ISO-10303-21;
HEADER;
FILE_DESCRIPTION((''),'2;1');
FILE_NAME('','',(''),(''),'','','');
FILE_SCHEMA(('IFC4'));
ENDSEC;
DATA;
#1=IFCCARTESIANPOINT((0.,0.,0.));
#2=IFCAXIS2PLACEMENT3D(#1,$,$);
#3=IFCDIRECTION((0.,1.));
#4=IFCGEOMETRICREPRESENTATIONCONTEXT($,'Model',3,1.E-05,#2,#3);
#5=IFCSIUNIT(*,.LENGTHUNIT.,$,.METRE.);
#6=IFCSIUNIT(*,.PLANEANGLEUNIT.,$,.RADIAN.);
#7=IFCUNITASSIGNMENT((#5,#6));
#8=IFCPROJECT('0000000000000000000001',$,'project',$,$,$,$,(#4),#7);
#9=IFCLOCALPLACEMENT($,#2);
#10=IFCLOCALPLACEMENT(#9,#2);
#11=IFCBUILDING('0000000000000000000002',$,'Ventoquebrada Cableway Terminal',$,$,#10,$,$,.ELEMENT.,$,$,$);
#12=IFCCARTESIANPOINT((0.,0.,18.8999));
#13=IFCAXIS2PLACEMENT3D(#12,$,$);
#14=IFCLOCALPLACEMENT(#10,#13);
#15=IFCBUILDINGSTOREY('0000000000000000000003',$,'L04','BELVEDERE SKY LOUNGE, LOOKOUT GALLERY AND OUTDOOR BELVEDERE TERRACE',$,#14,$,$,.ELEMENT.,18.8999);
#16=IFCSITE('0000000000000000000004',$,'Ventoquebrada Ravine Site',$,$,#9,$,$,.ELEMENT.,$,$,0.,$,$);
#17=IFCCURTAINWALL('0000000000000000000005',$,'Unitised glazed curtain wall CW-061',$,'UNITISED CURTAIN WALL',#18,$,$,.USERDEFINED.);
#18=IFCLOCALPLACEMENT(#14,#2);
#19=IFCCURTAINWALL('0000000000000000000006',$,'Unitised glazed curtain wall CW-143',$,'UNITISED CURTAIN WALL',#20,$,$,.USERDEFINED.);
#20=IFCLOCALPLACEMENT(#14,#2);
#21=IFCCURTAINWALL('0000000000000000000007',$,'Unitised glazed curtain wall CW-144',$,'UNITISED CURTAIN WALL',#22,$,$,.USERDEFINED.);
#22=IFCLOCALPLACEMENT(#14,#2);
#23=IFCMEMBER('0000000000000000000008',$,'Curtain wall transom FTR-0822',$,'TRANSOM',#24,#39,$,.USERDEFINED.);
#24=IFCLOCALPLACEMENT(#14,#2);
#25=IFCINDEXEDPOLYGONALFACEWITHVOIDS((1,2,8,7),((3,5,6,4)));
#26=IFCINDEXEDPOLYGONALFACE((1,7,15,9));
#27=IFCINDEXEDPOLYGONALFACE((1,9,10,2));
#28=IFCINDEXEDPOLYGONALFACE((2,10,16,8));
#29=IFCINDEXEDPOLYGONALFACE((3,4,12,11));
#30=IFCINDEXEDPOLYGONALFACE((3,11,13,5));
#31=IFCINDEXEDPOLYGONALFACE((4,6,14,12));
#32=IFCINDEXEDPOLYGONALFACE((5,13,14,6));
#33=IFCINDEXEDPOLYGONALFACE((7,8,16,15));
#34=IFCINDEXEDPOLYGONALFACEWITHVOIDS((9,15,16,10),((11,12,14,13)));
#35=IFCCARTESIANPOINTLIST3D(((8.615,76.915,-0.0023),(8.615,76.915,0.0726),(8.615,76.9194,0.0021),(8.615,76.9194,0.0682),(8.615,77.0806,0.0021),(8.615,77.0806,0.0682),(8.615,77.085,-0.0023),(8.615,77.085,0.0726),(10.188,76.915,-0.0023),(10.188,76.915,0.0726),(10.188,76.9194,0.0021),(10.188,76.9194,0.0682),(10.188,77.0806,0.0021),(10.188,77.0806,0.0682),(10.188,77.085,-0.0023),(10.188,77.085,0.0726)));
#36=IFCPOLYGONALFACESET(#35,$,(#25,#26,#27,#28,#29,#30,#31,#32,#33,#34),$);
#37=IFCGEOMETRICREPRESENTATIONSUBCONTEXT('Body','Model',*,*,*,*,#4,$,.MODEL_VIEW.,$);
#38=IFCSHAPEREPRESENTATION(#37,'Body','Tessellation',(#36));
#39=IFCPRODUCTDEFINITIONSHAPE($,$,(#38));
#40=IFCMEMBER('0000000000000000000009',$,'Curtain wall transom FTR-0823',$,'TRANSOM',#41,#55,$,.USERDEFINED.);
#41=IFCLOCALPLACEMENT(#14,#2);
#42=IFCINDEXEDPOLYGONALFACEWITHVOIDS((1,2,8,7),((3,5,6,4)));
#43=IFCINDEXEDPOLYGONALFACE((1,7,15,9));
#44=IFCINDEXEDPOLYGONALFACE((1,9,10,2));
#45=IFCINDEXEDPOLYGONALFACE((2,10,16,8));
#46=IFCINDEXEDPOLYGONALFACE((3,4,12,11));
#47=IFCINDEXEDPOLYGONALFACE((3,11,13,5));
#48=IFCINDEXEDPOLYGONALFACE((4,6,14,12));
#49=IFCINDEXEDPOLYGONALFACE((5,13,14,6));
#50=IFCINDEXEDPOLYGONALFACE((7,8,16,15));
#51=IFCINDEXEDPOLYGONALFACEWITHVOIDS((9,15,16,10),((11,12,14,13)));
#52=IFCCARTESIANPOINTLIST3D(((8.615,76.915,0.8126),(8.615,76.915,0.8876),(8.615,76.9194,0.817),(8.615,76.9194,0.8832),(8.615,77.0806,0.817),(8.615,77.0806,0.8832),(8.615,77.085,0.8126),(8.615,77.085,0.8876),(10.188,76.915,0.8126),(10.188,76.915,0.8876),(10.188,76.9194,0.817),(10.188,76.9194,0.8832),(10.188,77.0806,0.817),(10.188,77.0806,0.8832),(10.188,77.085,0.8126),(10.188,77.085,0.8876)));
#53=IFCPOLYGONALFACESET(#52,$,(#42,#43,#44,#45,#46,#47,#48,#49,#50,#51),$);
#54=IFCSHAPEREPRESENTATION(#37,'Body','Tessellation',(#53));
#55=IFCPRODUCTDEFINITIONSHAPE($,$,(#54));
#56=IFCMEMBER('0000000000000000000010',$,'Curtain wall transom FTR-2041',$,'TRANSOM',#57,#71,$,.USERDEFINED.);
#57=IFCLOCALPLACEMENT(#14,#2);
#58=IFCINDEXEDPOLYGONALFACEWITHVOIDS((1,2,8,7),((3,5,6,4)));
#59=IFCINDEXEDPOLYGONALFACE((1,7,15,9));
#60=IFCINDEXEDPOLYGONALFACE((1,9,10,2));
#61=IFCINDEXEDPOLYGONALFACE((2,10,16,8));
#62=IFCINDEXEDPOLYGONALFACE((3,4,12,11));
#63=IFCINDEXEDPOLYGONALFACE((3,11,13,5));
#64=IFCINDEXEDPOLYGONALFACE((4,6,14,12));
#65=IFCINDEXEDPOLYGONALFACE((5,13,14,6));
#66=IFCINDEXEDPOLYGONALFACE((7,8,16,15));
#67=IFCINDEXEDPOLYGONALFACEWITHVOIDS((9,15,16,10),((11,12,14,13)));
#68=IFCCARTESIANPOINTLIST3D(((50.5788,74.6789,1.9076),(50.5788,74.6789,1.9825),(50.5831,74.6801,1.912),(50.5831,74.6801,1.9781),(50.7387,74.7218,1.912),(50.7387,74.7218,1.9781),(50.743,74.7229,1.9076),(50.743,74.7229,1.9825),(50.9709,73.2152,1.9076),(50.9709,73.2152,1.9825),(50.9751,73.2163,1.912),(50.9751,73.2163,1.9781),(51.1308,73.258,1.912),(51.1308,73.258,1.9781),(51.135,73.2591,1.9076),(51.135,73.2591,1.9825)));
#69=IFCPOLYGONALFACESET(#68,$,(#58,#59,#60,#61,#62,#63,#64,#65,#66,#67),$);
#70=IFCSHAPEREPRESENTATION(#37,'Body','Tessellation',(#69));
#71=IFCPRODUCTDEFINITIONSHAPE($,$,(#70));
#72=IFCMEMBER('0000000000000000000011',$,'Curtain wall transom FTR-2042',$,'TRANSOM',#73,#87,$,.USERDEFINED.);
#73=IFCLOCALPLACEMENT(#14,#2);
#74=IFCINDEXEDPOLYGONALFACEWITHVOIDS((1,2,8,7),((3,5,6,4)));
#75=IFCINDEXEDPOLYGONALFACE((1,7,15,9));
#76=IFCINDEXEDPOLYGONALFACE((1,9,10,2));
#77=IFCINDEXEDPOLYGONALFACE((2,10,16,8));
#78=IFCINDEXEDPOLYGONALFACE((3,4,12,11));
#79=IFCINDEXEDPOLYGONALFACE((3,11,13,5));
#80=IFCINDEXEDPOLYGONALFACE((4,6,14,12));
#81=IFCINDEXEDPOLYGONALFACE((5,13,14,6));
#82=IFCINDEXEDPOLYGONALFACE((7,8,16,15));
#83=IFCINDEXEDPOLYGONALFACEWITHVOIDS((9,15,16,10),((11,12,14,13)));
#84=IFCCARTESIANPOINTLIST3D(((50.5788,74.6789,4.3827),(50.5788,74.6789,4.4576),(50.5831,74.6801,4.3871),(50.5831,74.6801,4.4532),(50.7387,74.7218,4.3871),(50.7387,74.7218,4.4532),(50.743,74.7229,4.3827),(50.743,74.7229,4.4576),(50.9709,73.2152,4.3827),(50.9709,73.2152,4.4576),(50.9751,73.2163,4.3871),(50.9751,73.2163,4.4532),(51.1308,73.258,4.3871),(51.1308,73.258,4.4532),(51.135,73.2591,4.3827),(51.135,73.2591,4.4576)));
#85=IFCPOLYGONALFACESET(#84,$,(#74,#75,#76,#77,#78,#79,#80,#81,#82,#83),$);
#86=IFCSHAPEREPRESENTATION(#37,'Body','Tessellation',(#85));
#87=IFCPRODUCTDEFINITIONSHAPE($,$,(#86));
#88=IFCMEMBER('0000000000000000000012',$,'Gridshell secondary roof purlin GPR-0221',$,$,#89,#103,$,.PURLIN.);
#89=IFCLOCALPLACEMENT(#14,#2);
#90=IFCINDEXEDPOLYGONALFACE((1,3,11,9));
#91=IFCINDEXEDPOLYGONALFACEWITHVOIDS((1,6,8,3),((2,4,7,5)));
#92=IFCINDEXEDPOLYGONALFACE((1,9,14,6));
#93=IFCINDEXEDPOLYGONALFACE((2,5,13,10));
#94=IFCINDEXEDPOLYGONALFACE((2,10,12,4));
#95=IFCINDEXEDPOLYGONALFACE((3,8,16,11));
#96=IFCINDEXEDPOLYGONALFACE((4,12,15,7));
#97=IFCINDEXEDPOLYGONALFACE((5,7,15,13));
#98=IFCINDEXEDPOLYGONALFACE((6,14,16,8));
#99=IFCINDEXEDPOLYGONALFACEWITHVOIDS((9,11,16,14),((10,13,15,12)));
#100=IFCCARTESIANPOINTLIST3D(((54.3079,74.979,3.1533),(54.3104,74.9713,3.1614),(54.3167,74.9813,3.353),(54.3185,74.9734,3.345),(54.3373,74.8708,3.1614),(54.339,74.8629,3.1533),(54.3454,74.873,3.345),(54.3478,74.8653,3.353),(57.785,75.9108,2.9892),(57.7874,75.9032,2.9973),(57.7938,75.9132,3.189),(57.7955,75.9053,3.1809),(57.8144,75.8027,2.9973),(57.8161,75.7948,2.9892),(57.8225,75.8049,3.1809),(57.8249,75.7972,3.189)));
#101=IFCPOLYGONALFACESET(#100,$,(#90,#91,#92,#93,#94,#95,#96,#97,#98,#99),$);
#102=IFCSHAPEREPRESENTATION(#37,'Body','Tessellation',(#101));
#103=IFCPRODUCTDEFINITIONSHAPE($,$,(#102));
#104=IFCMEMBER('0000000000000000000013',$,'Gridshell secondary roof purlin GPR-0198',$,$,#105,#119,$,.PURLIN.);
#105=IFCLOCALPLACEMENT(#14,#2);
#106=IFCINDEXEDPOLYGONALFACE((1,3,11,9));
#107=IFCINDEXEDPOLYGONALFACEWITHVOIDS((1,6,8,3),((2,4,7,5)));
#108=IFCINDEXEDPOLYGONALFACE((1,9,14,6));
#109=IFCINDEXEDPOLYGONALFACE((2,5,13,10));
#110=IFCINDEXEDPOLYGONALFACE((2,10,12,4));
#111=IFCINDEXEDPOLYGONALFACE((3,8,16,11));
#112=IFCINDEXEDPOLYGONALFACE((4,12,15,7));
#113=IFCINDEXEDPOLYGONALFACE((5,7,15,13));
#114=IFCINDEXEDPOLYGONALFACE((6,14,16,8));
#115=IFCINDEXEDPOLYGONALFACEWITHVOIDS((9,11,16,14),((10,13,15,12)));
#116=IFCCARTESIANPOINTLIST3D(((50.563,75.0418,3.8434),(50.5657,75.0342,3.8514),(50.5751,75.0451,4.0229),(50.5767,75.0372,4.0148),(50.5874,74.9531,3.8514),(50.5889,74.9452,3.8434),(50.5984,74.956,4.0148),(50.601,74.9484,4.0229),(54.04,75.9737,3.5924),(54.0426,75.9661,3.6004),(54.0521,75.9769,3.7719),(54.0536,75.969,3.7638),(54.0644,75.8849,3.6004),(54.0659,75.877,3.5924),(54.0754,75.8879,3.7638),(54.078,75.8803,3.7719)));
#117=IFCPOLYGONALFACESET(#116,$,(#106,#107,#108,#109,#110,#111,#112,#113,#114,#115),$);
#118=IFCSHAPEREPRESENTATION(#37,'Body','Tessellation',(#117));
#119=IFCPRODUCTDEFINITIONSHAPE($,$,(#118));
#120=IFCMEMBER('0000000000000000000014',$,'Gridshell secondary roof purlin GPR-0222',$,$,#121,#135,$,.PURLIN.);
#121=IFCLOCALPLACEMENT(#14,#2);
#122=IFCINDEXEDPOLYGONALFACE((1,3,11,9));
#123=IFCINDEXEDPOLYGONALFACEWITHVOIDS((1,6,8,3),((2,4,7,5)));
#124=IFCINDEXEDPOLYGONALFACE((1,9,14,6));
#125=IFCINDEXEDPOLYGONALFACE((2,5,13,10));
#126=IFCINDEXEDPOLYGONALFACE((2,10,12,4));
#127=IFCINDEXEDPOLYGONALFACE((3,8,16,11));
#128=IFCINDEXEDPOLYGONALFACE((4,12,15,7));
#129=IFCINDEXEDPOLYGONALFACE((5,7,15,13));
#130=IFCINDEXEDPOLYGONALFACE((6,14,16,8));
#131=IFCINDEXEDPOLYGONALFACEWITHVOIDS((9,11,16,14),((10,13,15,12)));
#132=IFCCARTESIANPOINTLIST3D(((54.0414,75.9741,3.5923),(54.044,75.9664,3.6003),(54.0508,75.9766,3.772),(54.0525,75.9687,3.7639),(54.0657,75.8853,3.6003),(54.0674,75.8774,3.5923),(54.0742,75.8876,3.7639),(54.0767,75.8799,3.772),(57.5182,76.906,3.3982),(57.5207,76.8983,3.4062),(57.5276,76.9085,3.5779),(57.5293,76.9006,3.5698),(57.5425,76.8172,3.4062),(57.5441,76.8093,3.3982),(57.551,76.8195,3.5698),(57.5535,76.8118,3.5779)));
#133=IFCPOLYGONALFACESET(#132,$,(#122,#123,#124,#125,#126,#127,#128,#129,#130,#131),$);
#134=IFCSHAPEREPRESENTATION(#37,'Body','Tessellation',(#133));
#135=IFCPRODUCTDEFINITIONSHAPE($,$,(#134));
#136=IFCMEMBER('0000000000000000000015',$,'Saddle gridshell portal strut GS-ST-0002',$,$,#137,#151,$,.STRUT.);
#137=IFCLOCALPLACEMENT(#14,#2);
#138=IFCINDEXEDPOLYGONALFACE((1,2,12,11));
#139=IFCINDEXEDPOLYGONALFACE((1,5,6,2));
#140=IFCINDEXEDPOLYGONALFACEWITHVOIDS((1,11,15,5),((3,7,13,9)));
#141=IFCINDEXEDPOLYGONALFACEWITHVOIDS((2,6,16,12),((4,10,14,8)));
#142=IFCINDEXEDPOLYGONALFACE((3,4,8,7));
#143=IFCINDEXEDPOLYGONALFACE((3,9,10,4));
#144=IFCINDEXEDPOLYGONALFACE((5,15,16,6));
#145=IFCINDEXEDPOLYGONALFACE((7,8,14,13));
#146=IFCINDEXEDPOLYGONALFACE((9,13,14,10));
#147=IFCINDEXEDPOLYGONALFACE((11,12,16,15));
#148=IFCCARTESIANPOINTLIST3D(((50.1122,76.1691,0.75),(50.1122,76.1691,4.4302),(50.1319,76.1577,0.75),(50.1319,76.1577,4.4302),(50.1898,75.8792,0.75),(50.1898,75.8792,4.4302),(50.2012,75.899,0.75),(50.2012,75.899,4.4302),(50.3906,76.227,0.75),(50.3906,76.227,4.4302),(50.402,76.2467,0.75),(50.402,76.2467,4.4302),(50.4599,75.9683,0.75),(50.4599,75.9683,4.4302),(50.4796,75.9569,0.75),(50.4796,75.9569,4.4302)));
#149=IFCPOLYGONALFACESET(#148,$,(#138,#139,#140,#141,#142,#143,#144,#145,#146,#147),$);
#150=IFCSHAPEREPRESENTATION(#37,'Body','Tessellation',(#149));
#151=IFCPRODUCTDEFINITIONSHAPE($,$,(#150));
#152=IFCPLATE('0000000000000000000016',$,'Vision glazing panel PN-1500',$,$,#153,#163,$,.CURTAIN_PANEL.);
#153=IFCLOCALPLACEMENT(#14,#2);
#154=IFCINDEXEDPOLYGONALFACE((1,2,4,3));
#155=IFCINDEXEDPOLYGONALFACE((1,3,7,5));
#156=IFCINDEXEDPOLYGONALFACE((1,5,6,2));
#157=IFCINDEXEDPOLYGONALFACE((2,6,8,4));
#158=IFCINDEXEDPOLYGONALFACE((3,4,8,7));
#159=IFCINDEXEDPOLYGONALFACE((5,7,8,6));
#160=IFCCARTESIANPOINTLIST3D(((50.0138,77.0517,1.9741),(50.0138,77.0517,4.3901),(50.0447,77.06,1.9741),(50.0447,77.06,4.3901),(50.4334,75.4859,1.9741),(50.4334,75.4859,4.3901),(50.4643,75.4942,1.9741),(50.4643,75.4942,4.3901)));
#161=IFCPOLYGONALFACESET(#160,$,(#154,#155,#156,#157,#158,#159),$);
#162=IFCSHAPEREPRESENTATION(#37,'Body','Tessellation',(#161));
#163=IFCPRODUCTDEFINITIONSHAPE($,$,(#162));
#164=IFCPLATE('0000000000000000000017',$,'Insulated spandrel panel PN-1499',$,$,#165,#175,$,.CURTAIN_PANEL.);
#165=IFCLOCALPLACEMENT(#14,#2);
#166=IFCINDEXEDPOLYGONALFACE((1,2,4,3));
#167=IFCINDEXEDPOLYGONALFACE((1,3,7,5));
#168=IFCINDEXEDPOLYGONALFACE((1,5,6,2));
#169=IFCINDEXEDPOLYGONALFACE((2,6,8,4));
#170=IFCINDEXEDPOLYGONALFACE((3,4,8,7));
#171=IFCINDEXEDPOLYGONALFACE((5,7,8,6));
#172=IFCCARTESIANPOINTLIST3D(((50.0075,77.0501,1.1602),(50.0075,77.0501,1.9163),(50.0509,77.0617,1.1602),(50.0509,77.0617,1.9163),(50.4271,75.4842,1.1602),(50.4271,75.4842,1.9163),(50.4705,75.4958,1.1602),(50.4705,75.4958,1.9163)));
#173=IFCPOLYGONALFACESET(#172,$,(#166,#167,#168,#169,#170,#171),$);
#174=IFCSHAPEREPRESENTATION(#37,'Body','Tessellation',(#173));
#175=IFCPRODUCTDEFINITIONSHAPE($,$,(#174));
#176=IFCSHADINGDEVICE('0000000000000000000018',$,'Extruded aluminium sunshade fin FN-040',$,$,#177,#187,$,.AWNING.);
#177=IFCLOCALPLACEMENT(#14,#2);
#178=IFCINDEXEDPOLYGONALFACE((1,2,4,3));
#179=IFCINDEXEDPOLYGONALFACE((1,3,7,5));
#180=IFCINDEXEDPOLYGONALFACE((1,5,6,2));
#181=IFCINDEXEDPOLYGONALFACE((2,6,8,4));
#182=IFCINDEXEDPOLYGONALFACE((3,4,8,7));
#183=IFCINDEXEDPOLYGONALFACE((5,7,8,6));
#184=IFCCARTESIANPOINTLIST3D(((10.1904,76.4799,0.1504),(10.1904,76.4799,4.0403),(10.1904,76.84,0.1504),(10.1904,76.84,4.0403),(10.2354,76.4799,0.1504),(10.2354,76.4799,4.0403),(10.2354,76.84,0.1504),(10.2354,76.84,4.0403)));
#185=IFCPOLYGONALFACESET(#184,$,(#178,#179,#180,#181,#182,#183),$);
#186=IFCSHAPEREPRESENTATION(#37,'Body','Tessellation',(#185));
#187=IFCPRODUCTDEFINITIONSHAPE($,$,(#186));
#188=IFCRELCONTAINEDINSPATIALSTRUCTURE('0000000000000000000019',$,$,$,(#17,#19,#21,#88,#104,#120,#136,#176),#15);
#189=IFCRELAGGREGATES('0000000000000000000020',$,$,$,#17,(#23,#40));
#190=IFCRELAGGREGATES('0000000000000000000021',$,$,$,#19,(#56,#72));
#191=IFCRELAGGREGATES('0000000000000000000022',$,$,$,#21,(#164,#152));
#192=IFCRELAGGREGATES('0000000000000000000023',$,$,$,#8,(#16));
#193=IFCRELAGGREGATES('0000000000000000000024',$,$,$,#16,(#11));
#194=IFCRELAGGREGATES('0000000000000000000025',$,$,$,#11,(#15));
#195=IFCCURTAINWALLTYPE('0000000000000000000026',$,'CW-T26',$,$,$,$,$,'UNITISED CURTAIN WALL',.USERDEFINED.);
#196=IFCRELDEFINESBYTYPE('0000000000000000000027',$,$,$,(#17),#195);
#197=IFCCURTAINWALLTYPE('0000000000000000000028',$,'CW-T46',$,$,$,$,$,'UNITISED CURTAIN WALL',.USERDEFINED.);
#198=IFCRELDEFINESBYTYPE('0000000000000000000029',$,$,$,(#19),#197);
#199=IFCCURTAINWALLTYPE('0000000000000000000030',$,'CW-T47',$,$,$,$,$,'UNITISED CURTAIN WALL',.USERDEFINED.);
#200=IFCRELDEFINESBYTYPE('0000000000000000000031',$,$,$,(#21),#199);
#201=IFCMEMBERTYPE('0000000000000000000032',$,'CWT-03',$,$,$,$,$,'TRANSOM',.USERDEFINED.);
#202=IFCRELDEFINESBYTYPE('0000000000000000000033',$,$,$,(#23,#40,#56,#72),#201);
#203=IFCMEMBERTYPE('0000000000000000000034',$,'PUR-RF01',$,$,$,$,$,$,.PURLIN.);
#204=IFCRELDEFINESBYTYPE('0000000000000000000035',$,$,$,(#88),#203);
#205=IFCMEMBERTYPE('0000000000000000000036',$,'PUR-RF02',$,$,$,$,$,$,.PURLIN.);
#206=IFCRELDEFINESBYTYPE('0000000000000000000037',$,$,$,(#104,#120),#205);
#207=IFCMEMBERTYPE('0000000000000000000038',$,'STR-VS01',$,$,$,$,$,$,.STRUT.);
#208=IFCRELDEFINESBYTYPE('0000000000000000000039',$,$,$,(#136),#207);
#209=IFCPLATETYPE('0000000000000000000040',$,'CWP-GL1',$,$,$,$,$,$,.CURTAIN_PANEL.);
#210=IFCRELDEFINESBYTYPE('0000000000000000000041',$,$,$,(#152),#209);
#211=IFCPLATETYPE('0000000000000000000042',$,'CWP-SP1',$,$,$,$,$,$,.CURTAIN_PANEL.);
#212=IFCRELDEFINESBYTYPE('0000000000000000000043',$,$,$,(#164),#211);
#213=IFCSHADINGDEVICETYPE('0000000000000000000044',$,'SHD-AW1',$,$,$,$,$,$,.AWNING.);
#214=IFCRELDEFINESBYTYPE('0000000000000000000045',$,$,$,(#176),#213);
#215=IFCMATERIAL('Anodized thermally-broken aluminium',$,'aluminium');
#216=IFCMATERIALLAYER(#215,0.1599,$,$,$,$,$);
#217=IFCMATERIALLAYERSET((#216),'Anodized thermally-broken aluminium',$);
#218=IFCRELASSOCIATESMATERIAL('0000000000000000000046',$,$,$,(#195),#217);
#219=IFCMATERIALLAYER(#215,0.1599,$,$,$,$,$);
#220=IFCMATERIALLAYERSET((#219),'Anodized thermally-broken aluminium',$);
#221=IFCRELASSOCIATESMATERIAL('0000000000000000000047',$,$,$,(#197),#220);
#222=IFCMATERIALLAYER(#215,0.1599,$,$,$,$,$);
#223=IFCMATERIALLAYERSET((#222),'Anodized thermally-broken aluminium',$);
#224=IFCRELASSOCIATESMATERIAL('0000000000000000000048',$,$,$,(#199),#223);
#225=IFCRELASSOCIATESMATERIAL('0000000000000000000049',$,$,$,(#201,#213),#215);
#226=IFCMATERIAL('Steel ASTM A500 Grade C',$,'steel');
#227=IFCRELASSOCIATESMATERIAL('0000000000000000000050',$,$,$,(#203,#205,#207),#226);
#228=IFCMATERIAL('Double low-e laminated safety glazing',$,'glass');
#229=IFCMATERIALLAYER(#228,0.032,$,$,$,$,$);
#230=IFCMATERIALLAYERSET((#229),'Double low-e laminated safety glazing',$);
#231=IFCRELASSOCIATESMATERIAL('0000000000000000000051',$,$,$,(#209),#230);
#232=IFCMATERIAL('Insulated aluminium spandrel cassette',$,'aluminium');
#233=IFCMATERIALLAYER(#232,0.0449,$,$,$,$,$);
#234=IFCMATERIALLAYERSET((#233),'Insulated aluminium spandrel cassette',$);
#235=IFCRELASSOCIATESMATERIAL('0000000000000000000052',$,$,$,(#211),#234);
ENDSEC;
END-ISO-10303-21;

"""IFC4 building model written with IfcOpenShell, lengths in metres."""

from ifc_helpers import new_model, si_unit, direction, frame, origin, origin_2d, place, context, subcontext, project, spatial, rectangle, hollow_rectangle, extrude, material, layer, layer_set, material_profile, profile_set, type_object, element, aggregate, save


model = new_model("IFC4")

# Units and contexts
model_context = context("Model", 3, precision=1e-05, world=origin(), true_north=direction((0.0, 1.0)))
body_context = subcontext(model_context, "Body", "Model", "MODEL_VIEW")
ifc_project = project(units=[si_unit("LENGTHUNIT", "METRE"), si_unit("PLANEANGLEUNIT", "RADIAN")], contexts=[model_context])

# Site, building, storey
site_placement = place(None, origin())
site = spatial("IfcSite", under=ifc_project, at=site_placement, Name="Ventoquebrada Ravine Site", CompositionType="ELEMENT", RefElevation=0.0)
building_placement = place(site_placement, origin())
building = spatial("IfcBuilding", under=site, at=building_placement, Name="Ventoquebrada Cableway Terminal", CompositionType="ELEMENT")
storey_placement = place(building_placement, frame((0.0, 0.0, 18.8999)))
storey = spatial("IfcBuildingStorey", under=building, at=storey_placement, Name="L04", Description="BELVEDERE SKY LOUNGE, LOOKOUT GALLERY AND OUTDOOR BELVEDERE TERRACE", CompositionType="ELEMENT", Elevation=18.8999)

# Shared definitions
ifc_material_1 = material(Name="Steel ASTM A500 Grade C", Category="steel")

# Curtain walls
ifc_material_2 = material(Name="Anodized thermally-broken aluminium", Category="aluminium")
ifc_layer_1 = layer(ifc_material_2, 0.1599)
ifc_layer_set_1 = layer_set([ifc_layer_1], Name="Anodized thermally-broken aluminium")
curtain_wall_type_1 = type_object("IfcCurtainWallType", Name="CW-T26", ElementType="UNITISED CURTAIN WALL", PredefinedType="USERDEFINED", material=ifc_layer_set_1)
curtain_wall_1_placement = place(storey_placement, origin())
curtain_wall_1 = element("IfcCurtainWall", 1, at=curtain_wall_1_placement, inside=storey, type_object=curtain_wall_type_1, Name="Unitised glazed curtain wall CW-061", ObjectType="UNITISED CURTAIN WALL", PredefinedType="USERDEFINED")
ifc_layer_2 = layer(ifc_material_2, 0.1599)
ifc_layer_set_2 = layer_set([ifc_layer_2], Name="Anodized thermally-broken aluminium")
curtain_wall_type_2 = type_object("IfcCurtainWallType", Name="CW-T46", ElementType="UNITISED CURTAIN WALL", PredefinedType="USERDEFINED", material=ifc_layer_set_2)
curtain_wall_2_placement = place(storey_placement, origin())
curtain_wall_2 = element("IfcCurtainWall", 2, at=curtain_wall_2_placement, inside=storey, type_object=curtain_wall_type_2, Name="Unitised glazed curtain wall CW-143", ObjectType="UNITISED CURTAIN WALL", PredefinedType="USERDEFINED")
ifc_layer_3 = layer(ifc_material_2, 0.1599)
ifc_layer_set_3 = layer_set([ifc_layer_3], Name="Anodized thermally-broken aluminium")
curtain_wall_type_3 = type_object("IfcCurtainWallType", Name="CW-T47", ElementType="UNITISED CURTAIN WALL", PredefinedType="USERDEFINED", material=ifc_layer_set_3)
curtain_wall_3_placement = place(storey_placement, origin())
curtain_wall_3 = element("IfcCurtainWall", 3, at=curtain_wall_3_placement, inside=storey, type_object=curtain_wall_type_3, Name="Unitised glazed curtain wall CW-144", ObjectType="UNITISED CURTAIN WALL", PredefinedType="USERDEFINED")

# Members
ifc_material_profile_1 = material_profile(ifc_material_2, hollow_rectangle(XDim=0.075, YDim=0.1699, WallThickness=0.0044, at=origin_2d()), Name="CW-TRN-75X170")
ifc_profile_set_1 = profile_set([ifc_material_profile_1], Name="Anodized thermally-broken aluminium")
member_type_1 = type_object("IfcMemberType", Name="CWT-03", ElementType="TRANSOM", PredefinedType="USERDEFINED", material=ifc_profile_set_1)
member_1_placement = place(storey_placement, frame((8.615, 77.0, 0.0352), z_axis=(1.0, 0.0, 0.0), x_axis=(0.0, 0.0, 1.0)))
member_1 = element("IfcMember", 4, at=member_1_placement, type_object=member_type_1, Name="Curtain wall transom FTR-0822", ObjectType="TRANSOM", PredefinedType="USERDEFINED", context=body_context, shape_type="SweptSolid", body=[
    extrude(hollow_rectangle(XDim=0.075, YDim=0.1699, WallThickness=0.0044, at=origin_2d()), origin(), (0.0, 0.0, 1.0), 1.573),
])
member_2_placement = place(storey_placement, frame((8.615, 77.0, 0.8501), z_axis=(1.0, 0.0, 0.0), x_axis=(0.0, 0.0, 1.0)))
member_2 = element("IfcMember", 5, at=member_2_placement, type_object=member_type_1, Name="Curtain wall transom FTR-0823", ObjectType="TRANSOM", PredefinedType="USERDEFINED", context=body_context, shape_type="SweptSolid", body=[
    extrude(hollow_rectangle(XDim=0.075, YDim=0.1699, WallThickness=0.0044, at=origin_2d()), origin(), (0.0, 0.0, 1.0), 1.573),
])
aggregate(curtain_wall_1, [member_1, member_2])
member_3_placement = place(storey_placement, frame((50.6609, 74.7009, 1.9451), z_axis=(0.258725, -0.965951, 0.0), x_axis=(0.0, 0.0, 1.0)))
member_3 = element("IfcMember", 6, at=member_3_placement, type_object=member_type_1, Name="Curtain wall transom FTR-2041", ObjectType="TRANSOM", PredefinedType="USERDEFINED", context=body_context, shape_type="SweptSolid", body=[
    extrude(hollow_rectangle(XDim=0.075, YDim=0.1699, WallThickness=0.0044, at=origin_2d()), origin(), (0.0, 0.0, 1.0), 1.5154),
])
member_4_placement = place(storey_placement, frame((50.6609, 74.7009, 4.4202), z_axis=(0.258725, -0.965951, 0.0), x_axis=(0.0, 0.0, 1.0)))
member_4 = element("IfcMember", 7, at=member_4_placement, type_object=member_type_1, Name="Curtain wall transom FTR-2042", ObjectType="TRANSOM", PredefinedType="USERDEFINED", context=body_context, shape_type="SweptSolid", body=[
    extrude(hollow_rectangle(XDim=0.075, YDim=0.1699, WallThickness=0.0044, at=origin_2d()), origin(), (0.0, 0.0, 1.0), 1.5154),
])
aggregate(curtain_wall_2, [member_3, member_4])

# Members
ifc_material_profile_2 = material_profile(ifc_material_1, hollow_rectangle(XDim=0.1201, YDim=0.2, WallThickness=0.0081, at=origin_2d()), Name="RHS200X120X8")
ifc_profile_set_2 = profile_set([ifc_material_profile_2], Name="Steel ASTM A500 Grade C")
member_type_2 = type_object("IfcMemberType", Name="PUR-RF01", PredefinedType="PURLIN", material=ifc_profile_set_2)
member_5_placement = place(storey_placement, frame((54.3279, 74.9221, 3.2532), z_axis=(0.964909, 0.258606, -0.045529), x_axis=(-0.258874, 0.965911, 0.0)))
element("IfcMember", 8, at=member_5_placement, inside=storey, type_object=member_type_2, Name="Gridshell secondary roof purlin GPR-0221", PredefinedType="PURLIN", context=body_context, shape_type="SweptSolid", body=[
    extrude(hollow_rectangle(XDim=0.1201, YDim=0.2, WallThickness=0.0081, at=origin_2d()), origin(), (0.0, 0.0, 1.0), 3.6035),
])
ifc_material_profile_3 = material_profile(ifc_material_1, hollow_rectangle(XDim=0.1001, YDim=0.1799, WallThickness=0.0081, at=origin_2d()), Name="RHS180X100X8")
ifc_profile_set_3 = profile_set([ifc_material_profile_3], Name="Steel ASTM A500 Grade C")
member_type_3 = type_object("IfcMemberType", Name="PUR-RF02", PredefinedType="PURLIN", material=ifc_profile_set_3)
member_6_placement = place(storey_placement, frame((50.582, 74.9951, 3.9331), z_axis=(0.963572, 0.258247, -0.069551), x_axis=(-0.258874, 0.965911, 0.0)))
element("IfcMember", 9, at=member_6_placement, inside=storey, type_object=member_type_3, Name="Gridshell secondary roof purlin GPR-0198", PredefinedType="PURLIN", context=body_context, shape_type="SweptSolid", body=[
    extrude(hollow_rectangle(XDim=0.1001, YDim=0.1799, WallThickness=0.0081, at=origin_2d()), origin(), (0.0, 0.0, 1.0), 3.6084),
])
member_7_placement = place(storey_placement, frame((54.0591, 75.927, 3.6821), z_axis=(0.964505, 0.258515, -0.053843), x_axis=(-0.258891, 0.965907, 0.0)))
element("IfcMember", 10, at=member_7_placement, inside=storey, type_object=member_type_3, Name="Gridshell secondary roof purlin GPR-0222", PredefinedType="PURLIN", context=body_context, shape_type="SweptSolid", body=[
    extrude(hollow_rectangle(XDim=0.1001, YDim=0.1799, WallThickness=0.0081, at=origin_2d()), origin(), (0.0, 0.0, 1.0), 3.6047),
])
ifc_material_profile_4 = material_profile(ifc_material_1, hollow_rectangle(XDim=0.3, YDim=0.3, WallThickness=0.0161, at=origin_2d()), Name="HSS300X300X16")
ifc_profile_set_4 = profile_set([ifc_material_profile_4], Name="Steel ASTM A500 Grade C")
member_type_4 = type_object("IfcMemberType", Name="STR-VS01", PredefinedType="STRUT", material=ifc_profile_set_4)
member_8_placement = place(storey_placement, frame((50.2959, 76.063, 0.75), z_axis=(0.0, 0.0, 1.0), x_axis=(0.965926, 0.258819, 0.0)))
element("IfcMember", 11, at=member_8_placement, inside=storey, type_object=member_type_4, Name="Saddle gridshell portal strut GS-ST-0002", PredefinedType="STRUT", context=body_context, shape_type="SweptSolid", body=[
    extrude(hollow_rectangle(XDim=0.3, YDim=0.3, WallThickness=0.0161, at=origin_2d()), origin(), (0.0, 0.0, 1.0), 3.6802),
])

# Plates
ifc_material_3 = material(Name="Double low-e laminated safety glazing", Category="glass")
ifc_layer_4 = layer(ifc_material_3, 0.032)
ifc_layer_set_4 = layer_set([ifc_layer_4], Name="Double low-e laminated safety glazing")
plate_type_1 = type_object("IfcPlateType", Name="CWP-GL1", PredefinedType="CURTAIN_PANEL", material=ifc_layer_set_4)
plate_1_placement = place(storey_placement, frame((50.239, 76.2729, 1.9741), z_axis=(0.0, 0.0, 1.0), x_axis=(0.258836, -0.965921, 0.0)))
plate_1 = element("IfcPlate", 12, at=plate_1_placement, type_object=plate_type_1, Name="Vision glazing panel PN-1500", PredefinedType="CURTAIN_PANEL", context=body_context, shape_type="SweptSolid", body=[
    extrude(rectangle(XDim=1.6211, YDim=0.032, at=origin_2d()), origin(), (0.0, 0.0, 1.0), 2.416),
])
ifc_material_4 = material(Name="Insulated aluminium spandrel cassette", Category="aluminium")
ifc_layer_5 = layer(ifc_material_4, 0.0449)
ifc_layer_set_5 = layer_set([ifc_layer_5], Name="Insulated aluminium spandrel cassette")
plate_type_2 = type_object("IfcPlateType", Name="CWP-SP1", PredefinedType="CURTAIN_PANEL", material=ifc_layer_set_5)
plate_2_placement = place(storey_placement, frame((50.239, 76.2729, 1.1602), z_axis=(0.0, 0.0, 1.0), x_axis=(0.258836, -0.965921, 0.0)))
plate_2 = element("IfcPlate", 13, at=plate_2_placement, type_object=plate_type_2, Name="Insulated spandrel panel PN-1499", PredefinedType="CURTAIN_PANEL", context=body_context, shape_type="SweptSolid", body=[
    extrude(rectangle(XDim=1.6211, YDim=0.0449, at=origin_2d()), origin(), (0.0, 0.0, 1.0), 0.7561),
])
aggregate(curtain_wall_3, [plate_2, plate_1])

# Shading device
shading_device_type = type_object("IfcShadingDeviceType", Name="SHD-AW1", PredefinedType="AWNING", material=ifc_material_2)
for number, where, z_axis, x_axis, name in (
    (14, (10.2129, 76.6599, 0.1504), (0.0, 0.0, 1.0), (1.0, 0.0, 0.0), "Extruded aluminium sunshade fin FN-040"),
):
    element("IfcShadingDevice", number, at=place(storey_placement, frame(where, z_axis=z_axis, x_axis=x_axis)), inside=storey, type_object=shading_device_type, Name=name, PredefinedType="AWNING", context=body_context, shape_type="SweptSolid", body=[
        extrude(rectangle(XDim=0.0449, YDim=0.3601, at=origin_2d()), origin(), (0.0, 0.0, 1.0), 3.8899),
    ])

save(model, "model.ifc")
